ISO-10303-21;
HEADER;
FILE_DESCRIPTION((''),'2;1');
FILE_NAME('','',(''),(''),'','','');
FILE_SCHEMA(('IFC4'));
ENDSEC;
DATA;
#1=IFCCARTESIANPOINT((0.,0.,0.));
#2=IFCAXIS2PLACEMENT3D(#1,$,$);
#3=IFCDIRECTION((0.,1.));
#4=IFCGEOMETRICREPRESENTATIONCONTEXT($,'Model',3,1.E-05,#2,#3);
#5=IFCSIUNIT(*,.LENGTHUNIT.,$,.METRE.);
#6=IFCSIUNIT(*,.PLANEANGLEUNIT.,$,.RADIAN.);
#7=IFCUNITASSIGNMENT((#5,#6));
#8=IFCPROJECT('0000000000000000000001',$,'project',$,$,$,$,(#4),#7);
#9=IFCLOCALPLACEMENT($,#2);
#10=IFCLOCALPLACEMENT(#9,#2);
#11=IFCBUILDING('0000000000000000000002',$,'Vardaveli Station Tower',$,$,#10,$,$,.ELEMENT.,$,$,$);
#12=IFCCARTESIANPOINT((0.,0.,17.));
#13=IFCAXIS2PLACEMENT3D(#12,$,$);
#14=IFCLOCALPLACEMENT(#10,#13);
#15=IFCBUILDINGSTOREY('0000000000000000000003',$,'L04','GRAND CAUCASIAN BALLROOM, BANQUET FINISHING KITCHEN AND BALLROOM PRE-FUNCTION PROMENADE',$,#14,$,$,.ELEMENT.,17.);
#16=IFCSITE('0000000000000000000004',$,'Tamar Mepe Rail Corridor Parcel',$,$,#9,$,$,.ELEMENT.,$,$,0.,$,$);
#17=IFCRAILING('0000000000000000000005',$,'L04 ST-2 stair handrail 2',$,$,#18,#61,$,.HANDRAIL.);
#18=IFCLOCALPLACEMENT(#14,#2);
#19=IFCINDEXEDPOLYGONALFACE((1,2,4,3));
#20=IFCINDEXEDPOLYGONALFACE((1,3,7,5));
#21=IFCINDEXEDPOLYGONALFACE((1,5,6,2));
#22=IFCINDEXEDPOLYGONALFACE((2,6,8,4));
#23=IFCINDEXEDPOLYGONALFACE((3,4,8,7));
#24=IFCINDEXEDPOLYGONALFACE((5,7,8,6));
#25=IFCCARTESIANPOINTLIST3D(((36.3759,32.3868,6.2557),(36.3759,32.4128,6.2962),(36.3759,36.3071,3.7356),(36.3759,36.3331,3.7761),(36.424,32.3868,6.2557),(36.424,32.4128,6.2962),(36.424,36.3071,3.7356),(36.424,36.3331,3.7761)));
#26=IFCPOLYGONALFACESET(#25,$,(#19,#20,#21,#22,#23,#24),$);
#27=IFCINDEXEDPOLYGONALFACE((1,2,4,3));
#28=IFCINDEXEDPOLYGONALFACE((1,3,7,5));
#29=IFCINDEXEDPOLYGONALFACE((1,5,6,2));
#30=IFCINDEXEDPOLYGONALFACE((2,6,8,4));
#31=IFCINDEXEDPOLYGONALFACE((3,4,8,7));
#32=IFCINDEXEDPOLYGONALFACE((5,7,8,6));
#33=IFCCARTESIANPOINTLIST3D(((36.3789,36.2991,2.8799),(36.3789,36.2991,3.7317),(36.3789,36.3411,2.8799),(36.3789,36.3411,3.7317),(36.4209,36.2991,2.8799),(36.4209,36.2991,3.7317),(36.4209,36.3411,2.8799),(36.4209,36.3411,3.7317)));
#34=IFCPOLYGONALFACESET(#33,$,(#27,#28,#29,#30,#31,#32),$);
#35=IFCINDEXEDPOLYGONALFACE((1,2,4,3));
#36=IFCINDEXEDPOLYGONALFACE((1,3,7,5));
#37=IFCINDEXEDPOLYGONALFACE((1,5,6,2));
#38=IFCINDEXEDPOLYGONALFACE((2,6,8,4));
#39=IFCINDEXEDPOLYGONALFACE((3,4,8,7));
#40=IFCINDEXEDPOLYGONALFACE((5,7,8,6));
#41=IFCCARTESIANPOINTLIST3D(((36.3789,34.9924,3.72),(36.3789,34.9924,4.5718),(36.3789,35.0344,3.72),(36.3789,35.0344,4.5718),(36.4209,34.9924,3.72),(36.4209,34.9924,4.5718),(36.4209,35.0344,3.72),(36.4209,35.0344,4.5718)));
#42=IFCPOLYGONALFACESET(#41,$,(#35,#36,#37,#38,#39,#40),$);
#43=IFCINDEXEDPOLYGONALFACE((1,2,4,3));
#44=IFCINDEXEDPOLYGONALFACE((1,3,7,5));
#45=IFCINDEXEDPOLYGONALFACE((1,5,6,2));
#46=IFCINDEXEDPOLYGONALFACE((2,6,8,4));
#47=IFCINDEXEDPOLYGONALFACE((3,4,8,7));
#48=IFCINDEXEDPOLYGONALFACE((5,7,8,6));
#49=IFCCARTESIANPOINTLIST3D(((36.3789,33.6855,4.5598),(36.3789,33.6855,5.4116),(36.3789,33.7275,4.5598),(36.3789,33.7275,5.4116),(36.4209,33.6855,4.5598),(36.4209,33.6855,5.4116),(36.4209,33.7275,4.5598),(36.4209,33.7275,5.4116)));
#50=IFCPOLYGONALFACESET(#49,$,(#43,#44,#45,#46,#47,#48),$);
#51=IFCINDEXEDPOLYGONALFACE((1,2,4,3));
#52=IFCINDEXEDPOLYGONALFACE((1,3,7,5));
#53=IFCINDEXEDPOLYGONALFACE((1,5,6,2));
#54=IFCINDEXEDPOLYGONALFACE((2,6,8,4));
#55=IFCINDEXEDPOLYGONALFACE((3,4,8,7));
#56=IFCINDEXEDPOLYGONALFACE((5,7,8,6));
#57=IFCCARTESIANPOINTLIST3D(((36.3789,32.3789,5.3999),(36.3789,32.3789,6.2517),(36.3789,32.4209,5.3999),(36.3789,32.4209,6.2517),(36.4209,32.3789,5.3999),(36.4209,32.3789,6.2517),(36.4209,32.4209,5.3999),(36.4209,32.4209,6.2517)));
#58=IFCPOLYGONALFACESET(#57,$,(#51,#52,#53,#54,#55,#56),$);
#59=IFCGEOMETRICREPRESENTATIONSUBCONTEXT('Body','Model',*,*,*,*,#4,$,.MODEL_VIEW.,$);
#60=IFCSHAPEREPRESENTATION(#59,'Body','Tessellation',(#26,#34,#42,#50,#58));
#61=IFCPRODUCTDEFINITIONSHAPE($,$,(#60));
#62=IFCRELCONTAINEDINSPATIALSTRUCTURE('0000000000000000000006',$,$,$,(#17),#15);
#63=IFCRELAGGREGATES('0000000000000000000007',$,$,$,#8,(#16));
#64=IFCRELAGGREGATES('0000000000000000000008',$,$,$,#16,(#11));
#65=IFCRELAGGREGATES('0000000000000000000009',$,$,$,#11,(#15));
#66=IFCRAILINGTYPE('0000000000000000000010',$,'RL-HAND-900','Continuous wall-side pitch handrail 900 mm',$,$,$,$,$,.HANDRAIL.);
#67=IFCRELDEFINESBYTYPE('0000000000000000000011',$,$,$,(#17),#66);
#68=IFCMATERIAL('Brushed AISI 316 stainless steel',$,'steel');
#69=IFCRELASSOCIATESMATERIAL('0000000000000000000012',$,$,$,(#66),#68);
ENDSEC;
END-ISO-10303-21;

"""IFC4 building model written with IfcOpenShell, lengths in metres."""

from ifc_helpers import new_model, si_unit, direction, frame, origin, origin_2d, place, context, subcontext, project, spatial, rectangle, extrude, source, transform, mapped, material, type_object, element, save


model = new_model("IFC4")

# Units and contexts
model_context = context("Model", 3, precision=1e-05, world=origin(), true_north=direction((0.0, 1.0)))
body_context = subcontext(model_context, "Body", "Model", "MODEL_VIEW")
ifc_project = project(units=[si_unit("LENGTHUNIT", "METRE"), si_unit("PLANEANGLEUNIT", "RADIAN")], contexts=[model_context])

# Site, building, storey
site_placement = place(None, origin())
site = spatial("IfcSite", under=ifc_project, at=site_placement, Name="Tamar Mepe Rail Corridor Parcel", CompositionType="ELEMENT", RefElevation=0.0)
building_placement = place(site_placement, origin())
building = spatial("IfcBuilding", under=site, at=building_placement, Name="Vardaveli Station Tower", CompositionType="ELEMENT")
storey_placement = place(building_placement, frame((0.0, 0.0, 17.0)))
storey = spatial("IfcBuildingStorey", under=building, at=storey_placement, Name="L04", Description="GRAND CAUCASIAN BALLROOM, BANQUET FINISHING KITCHEN AND BALLROOM PRE-FUNCTION PROMENADE", CompositionType="ELEMENT", Elevation=17.0)

# Railing
ifc_material_1 = material(Name="Brushed AISI 316 stainless steel", Category="steel")
railing_type_1 = type_object("IfcRailingType", Name="RL-HAND-900", Description="Continuous wall-side pitch handrail 900 mm", PredefinedType="HANDRAIL", material=ifc_material_1)
shared_shape_1 = source(origin(), body_context, "Body", "SweptSolid", [
    extrude(rectangle(XDim=0.0481, YDim=0.0481, at=origin_2d()), frame((0.0, 0.0, 0.876), z_axis=(0.0, -0.841187, 0.540744), x_axis=(1.0, 0.0, 0.0)), (0.0, 0.0, 1.0), 4.6604),
    extrude(rectangle(XDim=0.042, YDim=0.042, at=origin_2d()), origin(), (0.0, 0.0, 1.0), 0.8518),
    extrude(rectangle(XDim=0.042, YDim=0.042, at=origin_2d()), frame((0.0, -1.3066, 0.8401)), (0.0, 0.0, 1.0), 0.8518),
    extrude(rectangle(XDim=0.042, YDim=0.042, at=origin_2d()), frame((0.0, -2.6135, 1.6799)), (0.0, 0.0, 1.0), 0.8518),
    extrude(rectangle(XDim=0.042, YDim=0.042, at=origin_2d()), frame((0.0, -3.9202, 2.52)), (0.0, 0.0, 1.0), 0.8518),
])
railing_placement = place(storey_placement, frame((36.3999, 36.3201, 2.8799)))
element("IfcRailing", 1, at=railing_placement, inside=storey, type_object=railing_type_1, Name="L04 ST-2 stair handrail 2", PredefinedType="HANDRAIL", context=body_context, shape_type="MappedRepresentation", body=[
    mapped(shared_shape_1, transform((0.0, 0.0, 0.0), scale=1.0)),
])

save(model, "model.ifc")
